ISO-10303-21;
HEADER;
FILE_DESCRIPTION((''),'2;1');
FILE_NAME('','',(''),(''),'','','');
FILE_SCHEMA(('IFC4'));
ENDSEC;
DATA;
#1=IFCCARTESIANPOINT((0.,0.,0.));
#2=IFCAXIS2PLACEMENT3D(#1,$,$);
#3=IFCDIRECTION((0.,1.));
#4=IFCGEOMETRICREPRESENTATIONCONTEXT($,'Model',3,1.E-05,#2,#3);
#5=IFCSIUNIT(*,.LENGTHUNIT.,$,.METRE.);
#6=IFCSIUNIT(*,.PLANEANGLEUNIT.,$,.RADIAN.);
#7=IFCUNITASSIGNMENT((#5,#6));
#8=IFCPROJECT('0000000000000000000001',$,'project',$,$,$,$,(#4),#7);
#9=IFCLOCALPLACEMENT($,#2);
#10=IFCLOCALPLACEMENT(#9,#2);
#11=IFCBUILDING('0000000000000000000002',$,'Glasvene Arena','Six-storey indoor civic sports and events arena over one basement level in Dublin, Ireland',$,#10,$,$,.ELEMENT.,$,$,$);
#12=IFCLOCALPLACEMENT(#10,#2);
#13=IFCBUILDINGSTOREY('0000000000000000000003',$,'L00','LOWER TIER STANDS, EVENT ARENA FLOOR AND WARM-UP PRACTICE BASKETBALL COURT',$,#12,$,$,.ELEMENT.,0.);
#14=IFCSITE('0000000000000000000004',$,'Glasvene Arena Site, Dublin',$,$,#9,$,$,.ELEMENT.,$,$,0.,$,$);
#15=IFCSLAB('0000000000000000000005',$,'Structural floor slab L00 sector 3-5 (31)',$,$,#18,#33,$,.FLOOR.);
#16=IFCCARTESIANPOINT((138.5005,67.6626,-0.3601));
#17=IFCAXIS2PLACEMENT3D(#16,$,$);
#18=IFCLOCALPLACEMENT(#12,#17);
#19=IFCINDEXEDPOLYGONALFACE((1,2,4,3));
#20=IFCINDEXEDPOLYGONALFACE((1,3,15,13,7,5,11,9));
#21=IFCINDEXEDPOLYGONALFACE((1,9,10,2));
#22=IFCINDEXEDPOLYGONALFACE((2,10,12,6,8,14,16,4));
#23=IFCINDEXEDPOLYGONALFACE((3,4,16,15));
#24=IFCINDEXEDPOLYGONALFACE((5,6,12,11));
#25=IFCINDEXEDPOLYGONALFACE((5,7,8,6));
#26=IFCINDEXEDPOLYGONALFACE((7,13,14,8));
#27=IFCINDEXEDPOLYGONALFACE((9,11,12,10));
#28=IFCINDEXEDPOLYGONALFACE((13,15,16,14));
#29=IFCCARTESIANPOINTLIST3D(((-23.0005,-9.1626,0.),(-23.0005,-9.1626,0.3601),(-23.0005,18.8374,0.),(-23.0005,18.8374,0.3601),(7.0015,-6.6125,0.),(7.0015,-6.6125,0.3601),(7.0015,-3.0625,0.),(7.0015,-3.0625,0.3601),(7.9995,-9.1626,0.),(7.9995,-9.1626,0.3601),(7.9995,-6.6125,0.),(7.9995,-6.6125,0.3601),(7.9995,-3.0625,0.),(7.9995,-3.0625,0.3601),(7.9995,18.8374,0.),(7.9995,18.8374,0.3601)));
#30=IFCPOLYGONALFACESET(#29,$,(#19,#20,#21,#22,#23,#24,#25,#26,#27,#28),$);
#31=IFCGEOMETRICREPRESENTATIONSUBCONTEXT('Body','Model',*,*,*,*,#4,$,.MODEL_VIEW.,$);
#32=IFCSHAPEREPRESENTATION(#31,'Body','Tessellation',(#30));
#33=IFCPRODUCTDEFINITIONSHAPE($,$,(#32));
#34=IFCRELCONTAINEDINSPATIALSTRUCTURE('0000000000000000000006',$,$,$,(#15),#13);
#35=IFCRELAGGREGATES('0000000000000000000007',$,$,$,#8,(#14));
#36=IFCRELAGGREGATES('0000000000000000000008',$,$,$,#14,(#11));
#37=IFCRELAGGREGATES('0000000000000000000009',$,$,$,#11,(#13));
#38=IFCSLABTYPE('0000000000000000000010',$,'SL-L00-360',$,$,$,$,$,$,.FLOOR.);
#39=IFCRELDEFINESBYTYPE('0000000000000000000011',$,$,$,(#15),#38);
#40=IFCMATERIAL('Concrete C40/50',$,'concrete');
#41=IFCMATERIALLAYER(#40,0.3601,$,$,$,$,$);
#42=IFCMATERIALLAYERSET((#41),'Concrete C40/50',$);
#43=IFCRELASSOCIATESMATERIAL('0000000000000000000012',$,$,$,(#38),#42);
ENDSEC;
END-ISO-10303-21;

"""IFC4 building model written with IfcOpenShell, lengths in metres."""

from ifc_helpers import new_model, si_unit, direction, frame, origin, place, context, subcontext, project, spatial, polyline, outline, extrude, material, layer, layer_set, type_object, element, save


model = new_model("IFC4")

# Units and contexts
model_context = context("Model", 3, precision=1e-05, world=origin(), true_north=direction((0.0, 1.0)))
body_context = subcontext(model_context, "Body", "Model", "MODEL_VIEW")
ifc_project = project(units=[si_unit("LENGTHUNIT", "METRE"), si_unit("PLANEANGLEUNIT", "RADIAN")], contexts=[model_context])

# Site, building, storey
site_placement = place(None, origin())
site = spatial("IfcSite", under=ifc_project, at=site_placement, Name="Glasvene Arena Site, Dublin", CompositionType="ELEMENT", RefElevation=0.0)
building_placement = place(site_placement, origin())
building = spatial("IfcBuilding", under=site, at=building_placement, Name="Glasvene Arena", Description="Six-storey indoor civic sports and events arena over one basement level in Dublin, Ireland", CompositionType="ELEMENT")
storey_placement = place(building_placement, origin())
storey = spatial("IfcBuildingStorey", under=building, at=storey_placement, Name="L00", Description="LOWER TIER STANDS, EVENT ARENA FLOOR AND WARM-UP PRACTICE BASKETBALL COURT", CompositionType="ELEMENT", Elevation=0.0)

# Shared definitions
ifc_material_1 = material(Name="Concrete C40/50", Category="concrete")

# Slab
ifc_layer_1 = layer(ifc_material_1, 0.3601)
ifc_layer_set_1 = layer_set([ifc_layer_1], Name="Concrete C40/50")
slab_type_1 = type_object("IfcSlabType", Name="SL-L00-360", PredefinedType="FLOOR", material=ifc_layer_set_1)
slab_1_placement = place(storey_placement, frame((138.5005, 67.6626, -0.3601)))
element("IfcSlab", 1, at=slab_1_placement, inside=storey, type_object=slab_type_1, Name="Structural floor slab L00 sector 3-5 (31)", PredefinedType="FLOOR", context=body_context, shape_type="SweptSolid", body=[
    extrude(outline(polyline([(-23.0005, 18.8374), (7.9995, 18.8374), (7.9995, -3.0625), (7.0015, -3.0625), (7.0015, -6.6125), (7.9995, -6.6125), (7.9995, -9.1626), (-23.0005, -9.1626), (-23.0005, 18.8374)])), origin(), (0.0, 0.0, 1.0), 0.3601),
])

save(model, "model.ifc")
